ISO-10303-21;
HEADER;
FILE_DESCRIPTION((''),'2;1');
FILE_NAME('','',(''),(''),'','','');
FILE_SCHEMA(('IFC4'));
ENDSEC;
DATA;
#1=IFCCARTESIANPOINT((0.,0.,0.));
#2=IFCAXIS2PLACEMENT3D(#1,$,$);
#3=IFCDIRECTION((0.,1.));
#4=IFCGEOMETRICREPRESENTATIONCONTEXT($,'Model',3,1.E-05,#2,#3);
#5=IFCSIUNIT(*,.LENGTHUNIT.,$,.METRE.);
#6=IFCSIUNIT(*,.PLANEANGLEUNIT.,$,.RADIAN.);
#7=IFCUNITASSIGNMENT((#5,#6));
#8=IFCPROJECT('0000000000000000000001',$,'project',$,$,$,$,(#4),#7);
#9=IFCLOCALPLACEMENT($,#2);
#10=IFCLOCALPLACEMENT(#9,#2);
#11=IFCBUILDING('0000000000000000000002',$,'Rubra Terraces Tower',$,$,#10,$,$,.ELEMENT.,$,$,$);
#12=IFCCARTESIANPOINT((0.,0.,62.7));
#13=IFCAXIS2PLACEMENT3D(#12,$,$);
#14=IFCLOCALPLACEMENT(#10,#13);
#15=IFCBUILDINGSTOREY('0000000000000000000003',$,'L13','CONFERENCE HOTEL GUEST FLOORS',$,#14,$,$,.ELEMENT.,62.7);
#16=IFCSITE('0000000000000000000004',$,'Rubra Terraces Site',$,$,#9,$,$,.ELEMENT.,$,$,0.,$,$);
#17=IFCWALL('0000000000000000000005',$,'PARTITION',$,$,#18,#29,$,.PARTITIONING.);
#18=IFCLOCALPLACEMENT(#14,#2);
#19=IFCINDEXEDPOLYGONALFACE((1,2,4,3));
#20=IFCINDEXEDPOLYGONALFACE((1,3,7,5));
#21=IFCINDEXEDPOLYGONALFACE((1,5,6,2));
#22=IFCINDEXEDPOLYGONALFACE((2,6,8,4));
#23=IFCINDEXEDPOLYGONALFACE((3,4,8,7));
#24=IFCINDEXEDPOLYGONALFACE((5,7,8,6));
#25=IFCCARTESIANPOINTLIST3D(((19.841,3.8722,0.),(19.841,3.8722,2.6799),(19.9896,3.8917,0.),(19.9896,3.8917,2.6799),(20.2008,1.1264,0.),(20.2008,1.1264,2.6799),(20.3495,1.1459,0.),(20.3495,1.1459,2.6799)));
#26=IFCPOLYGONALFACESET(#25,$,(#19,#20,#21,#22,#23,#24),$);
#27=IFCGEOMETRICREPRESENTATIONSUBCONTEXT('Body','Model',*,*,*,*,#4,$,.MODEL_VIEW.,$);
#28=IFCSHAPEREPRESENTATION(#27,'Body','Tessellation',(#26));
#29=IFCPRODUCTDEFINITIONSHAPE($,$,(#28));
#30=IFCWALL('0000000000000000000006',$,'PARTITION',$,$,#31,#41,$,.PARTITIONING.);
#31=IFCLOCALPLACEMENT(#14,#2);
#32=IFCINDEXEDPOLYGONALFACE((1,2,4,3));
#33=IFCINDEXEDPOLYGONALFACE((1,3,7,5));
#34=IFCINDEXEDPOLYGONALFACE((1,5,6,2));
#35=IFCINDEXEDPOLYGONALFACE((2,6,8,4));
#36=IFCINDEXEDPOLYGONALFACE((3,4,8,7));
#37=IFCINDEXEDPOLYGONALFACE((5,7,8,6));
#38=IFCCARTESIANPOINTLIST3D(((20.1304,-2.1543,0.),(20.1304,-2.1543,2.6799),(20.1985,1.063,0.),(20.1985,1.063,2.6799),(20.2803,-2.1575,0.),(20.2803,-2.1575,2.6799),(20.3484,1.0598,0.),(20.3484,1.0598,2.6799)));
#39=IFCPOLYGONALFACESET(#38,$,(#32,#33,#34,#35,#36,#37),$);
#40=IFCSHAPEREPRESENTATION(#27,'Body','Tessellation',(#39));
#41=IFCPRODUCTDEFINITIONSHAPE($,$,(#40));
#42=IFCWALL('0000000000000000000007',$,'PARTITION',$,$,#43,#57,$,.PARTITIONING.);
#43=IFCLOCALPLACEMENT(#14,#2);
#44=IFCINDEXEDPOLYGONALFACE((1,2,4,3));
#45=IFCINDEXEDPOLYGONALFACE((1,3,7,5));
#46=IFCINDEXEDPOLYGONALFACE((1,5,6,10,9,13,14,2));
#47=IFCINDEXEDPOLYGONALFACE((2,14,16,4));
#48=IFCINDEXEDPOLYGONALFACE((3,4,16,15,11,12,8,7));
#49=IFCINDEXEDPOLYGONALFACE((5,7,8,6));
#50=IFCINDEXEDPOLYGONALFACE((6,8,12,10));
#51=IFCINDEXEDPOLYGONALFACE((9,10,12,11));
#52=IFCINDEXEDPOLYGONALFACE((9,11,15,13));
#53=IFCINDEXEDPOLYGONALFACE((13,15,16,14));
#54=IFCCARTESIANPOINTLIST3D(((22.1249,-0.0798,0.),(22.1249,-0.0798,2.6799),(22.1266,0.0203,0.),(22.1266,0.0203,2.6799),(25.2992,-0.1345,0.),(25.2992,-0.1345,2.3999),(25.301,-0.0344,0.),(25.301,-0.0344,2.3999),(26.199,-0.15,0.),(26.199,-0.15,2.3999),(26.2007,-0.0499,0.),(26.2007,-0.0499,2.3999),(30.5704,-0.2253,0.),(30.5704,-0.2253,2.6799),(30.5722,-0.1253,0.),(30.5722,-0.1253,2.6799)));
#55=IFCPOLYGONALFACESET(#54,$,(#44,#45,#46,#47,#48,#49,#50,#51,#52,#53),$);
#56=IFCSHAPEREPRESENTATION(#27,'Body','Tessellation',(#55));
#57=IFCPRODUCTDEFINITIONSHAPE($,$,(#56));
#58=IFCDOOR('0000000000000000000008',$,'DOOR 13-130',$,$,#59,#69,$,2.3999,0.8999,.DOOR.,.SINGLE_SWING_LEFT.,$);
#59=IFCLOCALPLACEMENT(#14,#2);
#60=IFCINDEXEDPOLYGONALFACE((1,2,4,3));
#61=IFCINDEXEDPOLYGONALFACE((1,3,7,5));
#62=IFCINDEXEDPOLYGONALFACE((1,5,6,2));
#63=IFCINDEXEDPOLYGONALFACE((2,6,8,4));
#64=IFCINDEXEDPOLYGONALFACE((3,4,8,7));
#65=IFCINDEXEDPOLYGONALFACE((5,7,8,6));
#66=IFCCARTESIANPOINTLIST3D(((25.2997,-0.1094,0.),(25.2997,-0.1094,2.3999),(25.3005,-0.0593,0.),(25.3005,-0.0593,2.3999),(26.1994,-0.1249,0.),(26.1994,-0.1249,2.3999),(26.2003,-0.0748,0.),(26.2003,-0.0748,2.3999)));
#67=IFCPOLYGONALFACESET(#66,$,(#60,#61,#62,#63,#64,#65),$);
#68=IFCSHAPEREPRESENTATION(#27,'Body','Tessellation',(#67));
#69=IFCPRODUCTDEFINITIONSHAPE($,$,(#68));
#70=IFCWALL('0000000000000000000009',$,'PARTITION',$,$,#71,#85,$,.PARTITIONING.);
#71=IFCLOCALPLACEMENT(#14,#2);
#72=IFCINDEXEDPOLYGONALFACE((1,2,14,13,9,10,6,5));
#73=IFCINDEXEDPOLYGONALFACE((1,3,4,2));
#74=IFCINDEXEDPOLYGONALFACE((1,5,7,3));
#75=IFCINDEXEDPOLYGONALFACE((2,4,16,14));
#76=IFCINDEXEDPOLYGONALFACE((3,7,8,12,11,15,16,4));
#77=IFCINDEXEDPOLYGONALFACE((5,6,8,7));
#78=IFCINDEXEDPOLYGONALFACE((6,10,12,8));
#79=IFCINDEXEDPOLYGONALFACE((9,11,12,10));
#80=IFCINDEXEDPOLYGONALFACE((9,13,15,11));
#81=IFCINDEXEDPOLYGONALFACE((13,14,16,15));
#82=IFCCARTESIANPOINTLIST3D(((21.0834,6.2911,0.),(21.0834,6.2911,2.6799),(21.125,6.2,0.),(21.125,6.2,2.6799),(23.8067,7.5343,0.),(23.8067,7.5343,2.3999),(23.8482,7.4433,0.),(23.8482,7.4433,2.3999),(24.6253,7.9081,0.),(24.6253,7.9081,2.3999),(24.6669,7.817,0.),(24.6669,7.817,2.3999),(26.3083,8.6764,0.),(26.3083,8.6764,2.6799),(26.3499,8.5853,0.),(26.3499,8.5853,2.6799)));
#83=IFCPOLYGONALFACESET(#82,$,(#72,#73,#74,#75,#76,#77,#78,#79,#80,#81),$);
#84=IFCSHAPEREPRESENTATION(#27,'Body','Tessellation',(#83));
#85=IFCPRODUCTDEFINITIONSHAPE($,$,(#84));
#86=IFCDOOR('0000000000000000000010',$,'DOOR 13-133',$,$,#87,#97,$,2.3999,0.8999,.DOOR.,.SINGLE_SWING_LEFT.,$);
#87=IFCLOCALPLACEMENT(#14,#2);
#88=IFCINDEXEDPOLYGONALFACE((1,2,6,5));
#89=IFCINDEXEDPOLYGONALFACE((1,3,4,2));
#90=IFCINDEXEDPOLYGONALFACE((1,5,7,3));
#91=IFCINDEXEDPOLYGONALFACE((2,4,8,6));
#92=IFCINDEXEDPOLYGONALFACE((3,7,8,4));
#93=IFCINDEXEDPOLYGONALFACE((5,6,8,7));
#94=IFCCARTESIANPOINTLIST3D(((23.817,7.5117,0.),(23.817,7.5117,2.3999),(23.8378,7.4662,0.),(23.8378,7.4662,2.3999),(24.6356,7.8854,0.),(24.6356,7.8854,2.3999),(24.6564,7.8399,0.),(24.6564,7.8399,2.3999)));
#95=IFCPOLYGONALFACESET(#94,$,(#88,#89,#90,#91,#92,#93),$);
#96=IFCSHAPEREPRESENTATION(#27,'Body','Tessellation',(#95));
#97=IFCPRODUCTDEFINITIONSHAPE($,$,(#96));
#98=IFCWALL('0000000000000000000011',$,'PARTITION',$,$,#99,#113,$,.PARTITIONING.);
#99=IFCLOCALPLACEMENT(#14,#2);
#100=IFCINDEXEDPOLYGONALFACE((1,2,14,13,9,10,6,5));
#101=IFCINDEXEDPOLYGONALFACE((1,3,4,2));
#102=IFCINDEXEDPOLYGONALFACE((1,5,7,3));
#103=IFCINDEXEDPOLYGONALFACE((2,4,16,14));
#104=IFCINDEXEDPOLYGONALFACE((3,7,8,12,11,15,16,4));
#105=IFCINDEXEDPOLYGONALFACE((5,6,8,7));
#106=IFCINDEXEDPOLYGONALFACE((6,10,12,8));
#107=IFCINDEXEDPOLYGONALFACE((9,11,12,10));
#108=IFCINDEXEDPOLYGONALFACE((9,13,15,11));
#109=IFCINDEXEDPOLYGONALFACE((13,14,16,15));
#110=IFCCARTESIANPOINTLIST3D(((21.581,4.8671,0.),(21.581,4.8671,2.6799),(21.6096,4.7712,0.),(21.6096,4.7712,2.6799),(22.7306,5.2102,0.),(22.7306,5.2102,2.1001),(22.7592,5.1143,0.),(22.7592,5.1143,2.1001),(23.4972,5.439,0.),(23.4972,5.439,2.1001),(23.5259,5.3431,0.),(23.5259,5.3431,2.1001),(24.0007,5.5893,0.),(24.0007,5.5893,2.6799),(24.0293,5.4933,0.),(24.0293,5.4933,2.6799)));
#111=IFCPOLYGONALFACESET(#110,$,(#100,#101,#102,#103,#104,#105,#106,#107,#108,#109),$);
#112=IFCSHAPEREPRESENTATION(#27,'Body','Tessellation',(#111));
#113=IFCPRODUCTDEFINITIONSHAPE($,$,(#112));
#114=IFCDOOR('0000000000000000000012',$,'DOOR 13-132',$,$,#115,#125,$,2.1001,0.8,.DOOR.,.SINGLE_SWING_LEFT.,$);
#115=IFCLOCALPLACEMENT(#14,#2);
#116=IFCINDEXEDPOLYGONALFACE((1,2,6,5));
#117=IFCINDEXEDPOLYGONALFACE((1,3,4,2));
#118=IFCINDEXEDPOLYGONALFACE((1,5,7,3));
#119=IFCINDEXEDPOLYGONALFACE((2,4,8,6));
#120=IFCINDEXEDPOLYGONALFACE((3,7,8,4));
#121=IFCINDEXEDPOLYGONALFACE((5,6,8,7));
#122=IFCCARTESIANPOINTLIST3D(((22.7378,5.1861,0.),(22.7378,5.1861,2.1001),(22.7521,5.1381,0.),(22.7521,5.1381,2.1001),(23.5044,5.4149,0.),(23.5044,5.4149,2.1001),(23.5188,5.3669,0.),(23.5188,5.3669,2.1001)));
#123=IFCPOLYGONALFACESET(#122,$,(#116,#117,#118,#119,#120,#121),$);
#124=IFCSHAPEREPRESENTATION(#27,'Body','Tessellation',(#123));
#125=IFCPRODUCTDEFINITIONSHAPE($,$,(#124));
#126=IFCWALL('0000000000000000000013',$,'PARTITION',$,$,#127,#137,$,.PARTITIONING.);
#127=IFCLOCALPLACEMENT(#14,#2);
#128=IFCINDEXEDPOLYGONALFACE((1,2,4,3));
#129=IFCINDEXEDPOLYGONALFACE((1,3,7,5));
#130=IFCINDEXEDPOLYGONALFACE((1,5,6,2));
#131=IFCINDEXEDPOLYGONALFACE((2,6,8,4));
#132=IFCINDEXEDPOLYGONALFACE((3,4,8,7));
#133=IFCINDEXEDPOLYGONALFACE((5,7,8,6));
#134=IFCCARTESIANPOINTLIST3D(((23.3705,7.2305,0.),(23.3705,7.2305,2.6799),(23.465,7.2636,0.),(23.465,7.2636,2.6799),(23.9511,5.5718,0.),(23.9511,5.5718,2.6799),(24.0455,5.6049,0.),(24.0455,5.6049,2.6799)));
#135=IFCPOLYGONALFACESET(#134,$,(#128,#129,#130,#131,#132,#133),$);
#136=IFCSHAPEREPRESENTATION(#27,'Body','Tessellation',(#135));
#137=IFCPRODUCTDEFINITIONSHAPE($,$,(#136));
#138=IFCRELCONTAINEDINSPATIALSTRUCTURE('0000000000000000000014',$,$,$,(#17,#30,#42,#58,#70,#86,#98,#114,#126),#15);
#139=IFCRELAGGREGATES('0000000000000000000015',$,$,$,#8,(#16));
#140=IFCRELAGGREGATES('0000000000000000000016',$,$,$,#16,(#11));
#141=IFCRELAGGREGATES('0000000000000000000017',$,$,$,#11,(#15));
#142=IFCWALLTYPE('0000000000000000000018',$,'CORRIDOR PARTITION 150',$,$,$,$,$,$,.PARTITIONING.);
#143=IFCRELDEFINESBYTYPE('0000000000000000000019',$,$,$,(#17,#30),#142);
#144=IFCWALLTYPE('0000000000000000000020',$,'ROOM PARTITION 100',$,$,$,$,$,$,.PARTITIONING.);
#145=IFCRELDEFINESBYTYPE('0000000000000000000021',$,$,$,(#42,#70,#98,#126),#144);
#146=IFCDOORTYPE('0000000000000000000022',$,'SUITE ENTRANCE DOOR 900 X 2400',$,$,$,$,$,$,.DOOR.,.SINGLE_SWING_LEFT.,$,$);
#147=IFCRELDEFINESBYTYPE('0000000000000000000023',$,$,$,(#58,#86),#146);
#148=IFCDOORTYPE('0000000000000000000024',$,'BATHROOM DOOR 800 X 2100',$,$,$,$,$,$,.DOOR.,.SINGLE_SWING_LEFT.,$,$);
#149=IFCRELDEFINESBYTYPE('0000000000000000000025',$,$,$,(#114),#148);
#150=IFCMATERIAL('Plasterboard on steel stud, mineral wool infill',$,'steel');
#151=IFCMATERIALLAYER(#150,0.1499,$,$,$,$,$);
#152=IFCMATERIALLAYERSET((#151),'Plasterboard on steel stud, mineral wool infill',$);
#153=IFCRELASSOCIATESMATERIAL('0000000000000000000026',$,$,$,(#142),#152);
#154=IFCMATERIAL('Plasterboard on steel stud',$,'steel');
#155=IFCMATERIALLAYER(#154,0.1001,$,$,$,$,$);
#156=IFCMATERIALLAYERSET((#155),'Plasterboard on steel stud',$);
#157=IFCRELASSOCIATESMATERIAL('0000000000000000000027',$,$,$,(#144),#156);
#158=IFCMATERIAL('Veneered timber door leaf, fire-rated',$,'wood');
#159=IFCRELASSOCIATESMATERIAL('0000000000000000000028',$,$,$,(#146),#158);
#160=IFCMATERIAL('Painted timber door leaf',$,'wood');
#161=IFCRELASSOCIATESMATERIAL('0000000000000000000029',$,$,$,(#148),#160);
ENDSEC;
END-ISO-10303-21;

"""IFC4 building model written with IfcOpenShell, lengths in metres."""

from ifc_helpers import new_model, si_unit, direction, frame, frame_2d, origin, place, context, subcontext, project, spatial, rectangle, extrude, material, layer, layer_set, type_object, element, fill, save


model = new_model("IFC4")

# Units and contexts
model_context = context("Model", 3, precision=1e-05, world=origin(), true_north=direction((0.0, 1.0)))
body_context = subcontext(model_context, "Body", "Model", "MODEL_VIEW")
ifc_project = project(units=[si_unit("LENGTHUNIT", "METRE"), si_unit("PLANEANGLEUNIT", "RADIAN")], contexts=[model_context])

# Site, building, storey
site_placement = place(None, origin())
site = spatial("IfcSite", under=ifc_project, at=site_placement, Name="Rubra Terraces Site", CompositionType="ELEMENT", RefElevation=0.0)
building_placement = place(site_placement, origin())
building = spatial("IfcBuilding", under=site, at=building_placement, Name="Rubra Terraces Tower", CompositionType="ELEMENT")
storey_placement = place(building_placement, frame((0.0, 0.0, 62.7)))
storey = spatial("IfcBuildingStorey", under=building, at=storey_placement, Name="L13", Description="CONFERENCE HOTEL GUEST FLOORS", CompositionType="ELEMENT", Elevation=62.7)

# Shared definitions
ifc_material_1 = material(Name="Plasterboard on steel stud, mineral wool infill", Category="steel")
ifc_layer_1 = layer(ifc_material_1, 0.1499)
ifc_layer_set_1 = layer_set([ifc_layer_1], Name="Plasterboard on steel stud, mineral wool infill")
wall_type_1 = type_object("IfcWallType", Name="CORRIDOR PARTITION 150", PredefinedType="PARTITIONING", material=ifc_layer_set_1)

# Shared definitions
ifc_material_2 = material(Name="Painted timber door leaf", Category="wood")

# Walls
wall_1_placement = place(storey_placement, frame((19.9153, 3.8821, 0.0), z_axis=(0.0, 0.0, 1.0), x_axis=(0.129946, -0.991521, 0.0)))
element("IfcWall", 1, at=wall_1_placement, inside=storey, type_object=wall_type_1, Name="PARTITION", PredefinedType="PARTITIONING", context=body_context, shape_type="SweptSolid", body=[
    extrude(rectangle(XDim=2.7693, YDim=0.1499, at=frame_2d((1.3848, 0.0))), origin(), (0.0, 0.0, 1.0), 2.6799),
])
wall_2_placement = place(storey_placement, frame((20.2734, 1.0613, 0.0), z_axis=(0.0, 0.0, 1.0), x_axis=(-0.021167, -0.999776, 0.0)))
element("IfcWall", 2, at=wall_2_placement, inside=storey, type_object=wall_type_1, Name="PARTITION", PredefinedType="PARTITIONING", context=body_context, shape_type="SweptSolid", body=[
    extrude(rectangle(XDim=3.218, YDim=0.1499, at=frame_2d((1.6089, 0.0))), origin(), (0.0, 0.0, 1.0), 2.6799),
])

# Walls, openings, doors
ifc_material_3 = material(Name="Plasterboard on steel stud", Category="steel")
ifc_layer_2 = layer(ifc_material_3, 0.1001)
ifc_layer_set_2 = layer_set([ifc_layer_2], Name="Plasterboard on steel stud")
wall_type_2 = type_object("IfcWallType", Name="ROOM PARTITION 100", PredefinedType="PARTITIONING", material=ifc_layer_set_2)
wall_3_placement = place(storey_placement, frame((30.5713, -0.1753, 0.0), z_axis=(0.0, 0.0, 1.0), x_axis=(-0.999852, 0.017226, 0.0)))
wall_3 = element("IfcWall", 3, at=wall_3_placement, inside=storey, type_object=wall_type_2, Name="PARTITION", PredefinedType="PARTITIONING", context=body_context, shape_type="SweptSolid", body=[
    extrude(rectangle(XDim=8.4468, YDim=0.1001, at=frame_2d((4.2234, 0.0))), origin(), (0.0, 0.0, 1.0), 2.6799),
])
opening_1_placement = place(wall_3_placement, frame((4.3721, 0.0, 0.0)))
opening_1 = element("IfcOpeningElement", 4, at=opening_1_placement, cuts=wall_3, PredefinedType="OPENING", context=body_context, shape_type="SweptSolid", body=[
    extrude(rectangle(XDim=0.8999, YDim=2.3999, at=frame_2d((0.45, 1.2))), frame((0.0, 0.0601, 0.0), z_axis=(0.0, -1.0, 0.0), x_axis=(1.0, 0.0, 0.0)), (0.0, 0.0, 1.0), 0.1201),
])
ifc_material_4 = material(Name="Veneered timber door leaf, fire-rated", Category="wood")
door_type_1 = type_object("IfcDoorType", Name="SUITE ENTRANCE DOOR 900 X 2400", OperationType="SINGLE_SWING_LEFT", PredefinedType="DOOR", material=ifc_material_4)
door_1_placement = place(opening_1_placement, origin())
door_1 = element("IfcDoor", 5, at=door_1_placement, inside=storey, type_object=door_type_1, Name="DOOR 13-130", OperationType="SINGLE_SWING_LEFT", OverallHeight=2.3999, OverallWidth=0.8999, PredefinedType="DOOR", context=body_context, shape_type="SweptSolid", body=[
    extrude(rectangle(XDim=0.8999, YDim=2.3999, at=frame_2d((0.45, 1.2))), frame((0.0, 0.0249, 0.0), z_axis=(0.0, -1.0, 0.0), x_axis=(1.0, 0.0, 0.0)), (0.0, 0.0, 1.0), 0.05),
])
fill(opening_1, door_1)
wall_4_placement = place(storey_placement, frame((26.3291, 8.6309, 0.0), z_axis=(0.0, 0.0, 1.0), x_axis=(-0.909688, -0.415292, 0.0)))
wall_4 = element("IfcWall", 6, at=wall_4_placement, inside=storey, type_object=wall_type_2, Name="PARTITION", PredefinedType="PARTITIONING", context=body_context, shape_type="SweptSolid", body=[
    extrude(rectangle(XDim=5.7437, YDim=0.1001, at=frame_2d((2.8718, 0.0))), origin(), (0.0, 0.0, 1.0), 2.6799),
])
opening_2_placement = place(wall_4_placement, frame((1.8501, 0.0, 0.0)))
opening_2 = element("IfcOpeningElement", 7, at=opening_2_placement, cuts=wall_4, PredefinedType="OPENING", context=body_context, shape_type="SweptSolid", body=[
    extrude(rectangle(XDim=0.8999, YDim=2.3999, at=frame_2d((0.45, 1.2))), frame((0.0, 0.0601, 0.0), z_axis=(0.0, -1.0, 0.0), x_axis=(1.0, 0.0, 0.0)), (0.0, 0.0, 1.0), 0.1201),
])
door_2_placement = place(opening_2_placement, origin())
door_2 = element("IfcDoor", 8, at=door_2_placement, inside=storey, type_object=door_type_1, Name="DOOR 13-133", OperationType="SINGLE_SWING_LEFT", OverallHeight=2.3999, OverallWidth=0.8999, PredefinedType="DOOR", context=body_context, shape_type="SweptSolid", body=[
    extrude(rectangle(XDim=0.8999, YDim=2.3999, at=frame_2d((0.45, 1.2))), frame((0.0, 0.0249, 0.0), z_axis=(0.0, -1.0, 0.0), x_axis=(1.0, 0.0, 0.0)), (0.0, 0.0, 1.0), 0.05),
])
fill(opening_2, door_2)
wall_5_placement = place(storey_placement, frame((21.5952, 4.8191, 0.0), z_axis=(0.0, 0.0, 1.0), x_axis=(0.958232, 0.28599, 0.0)))
wall_5 = element("IfcWall", 9, at=wall_5_placement, inside=storey, type_object=wall_type_2, Name="PARTITION", PredefinedType="PARTITIONING", context=body_context, shape_type="SweptSolid", body=[
    extrude(rectangle(XDim=2.5251, YDim=0.1001, at=frame_2d((1.2627, 0.0))), origin(), (0.0, 0.0, 1.0), 2.6799),
])
opening_3_placement = place(wall_5_placement, frame((1.2, 0.0, 0.0)))
opening_3 = element("IfcOpeningElement", 10, at=opening_3_placement, cuts=wall_5, PredefinedType="OPENING", context=body_context, shape_type="SweptSolid", body=[
    extrude(rectangle(XDim=0.8, YDim=2.1001, at=frame_2d((0.3999, 1.05))), frame((0.0, 0.0601, 0.0), z_axis=(0.0, -1.0, 0.0), x_axis=(1.0, 0.0, 0.0)), (0.0, 0.0, 1.0), 0.1201),
])
door_type_2 = type_object("IfcDoorType", Name="BATHROOM DOOR 800 X 2100", OperationType="SINGLE_SWING_LEFT", PredefinedType="DOOR", material=ifc_material_2)
door_3_placement = place(opening_3_placement, origin())
door_3 = element("IfcDoor", 11, at=door_3_placement, inside=storey, type_object=door_type_2, Name="DOOR 13-132", OperationType="SINGLE_SWING_LEFT", OverallHeight=2.1001, OverallWidth=0.8, PredefinedType="DOOR", context=body_context, shape_type="SweptSolid", body=[
    extrude(rectangle(XDim=0.8, YDim=2.1001, at=frame_2d((0.3999, 1.05))), frame((0.0, 0.0249, 0.0), z_axis=(0.0, -1.0, 0.0), x_axis=(1.0, 0.0, 0.0)), (0.0, 0.0, 1.0), 0.05),
])
fill(opening_3, door_3)

# Wall
wall_6_placement = place(storey_placement, frame((23.9983, 5.5884, 0.0), z_axis=(0.0, 0.0, 1.0), x_axis=(-0.330363, 0.943854, 0.0)))
element("IfcWall", 12, at=wall_6_placement, inside=storey, type_object=wall_type_2, Name="PARTITION", PredefinedType="PARTITIONING", context=body_context, shape_type="SweptSolid", body=[
    extrude(rectangle(XDim=1.7573, YDim=0.1001, at=frame_2d((0.8787, 0.0))), origin(), (0.0, 0.0, 1.0), 2.6799),
])

save(model, "model.ifc")
